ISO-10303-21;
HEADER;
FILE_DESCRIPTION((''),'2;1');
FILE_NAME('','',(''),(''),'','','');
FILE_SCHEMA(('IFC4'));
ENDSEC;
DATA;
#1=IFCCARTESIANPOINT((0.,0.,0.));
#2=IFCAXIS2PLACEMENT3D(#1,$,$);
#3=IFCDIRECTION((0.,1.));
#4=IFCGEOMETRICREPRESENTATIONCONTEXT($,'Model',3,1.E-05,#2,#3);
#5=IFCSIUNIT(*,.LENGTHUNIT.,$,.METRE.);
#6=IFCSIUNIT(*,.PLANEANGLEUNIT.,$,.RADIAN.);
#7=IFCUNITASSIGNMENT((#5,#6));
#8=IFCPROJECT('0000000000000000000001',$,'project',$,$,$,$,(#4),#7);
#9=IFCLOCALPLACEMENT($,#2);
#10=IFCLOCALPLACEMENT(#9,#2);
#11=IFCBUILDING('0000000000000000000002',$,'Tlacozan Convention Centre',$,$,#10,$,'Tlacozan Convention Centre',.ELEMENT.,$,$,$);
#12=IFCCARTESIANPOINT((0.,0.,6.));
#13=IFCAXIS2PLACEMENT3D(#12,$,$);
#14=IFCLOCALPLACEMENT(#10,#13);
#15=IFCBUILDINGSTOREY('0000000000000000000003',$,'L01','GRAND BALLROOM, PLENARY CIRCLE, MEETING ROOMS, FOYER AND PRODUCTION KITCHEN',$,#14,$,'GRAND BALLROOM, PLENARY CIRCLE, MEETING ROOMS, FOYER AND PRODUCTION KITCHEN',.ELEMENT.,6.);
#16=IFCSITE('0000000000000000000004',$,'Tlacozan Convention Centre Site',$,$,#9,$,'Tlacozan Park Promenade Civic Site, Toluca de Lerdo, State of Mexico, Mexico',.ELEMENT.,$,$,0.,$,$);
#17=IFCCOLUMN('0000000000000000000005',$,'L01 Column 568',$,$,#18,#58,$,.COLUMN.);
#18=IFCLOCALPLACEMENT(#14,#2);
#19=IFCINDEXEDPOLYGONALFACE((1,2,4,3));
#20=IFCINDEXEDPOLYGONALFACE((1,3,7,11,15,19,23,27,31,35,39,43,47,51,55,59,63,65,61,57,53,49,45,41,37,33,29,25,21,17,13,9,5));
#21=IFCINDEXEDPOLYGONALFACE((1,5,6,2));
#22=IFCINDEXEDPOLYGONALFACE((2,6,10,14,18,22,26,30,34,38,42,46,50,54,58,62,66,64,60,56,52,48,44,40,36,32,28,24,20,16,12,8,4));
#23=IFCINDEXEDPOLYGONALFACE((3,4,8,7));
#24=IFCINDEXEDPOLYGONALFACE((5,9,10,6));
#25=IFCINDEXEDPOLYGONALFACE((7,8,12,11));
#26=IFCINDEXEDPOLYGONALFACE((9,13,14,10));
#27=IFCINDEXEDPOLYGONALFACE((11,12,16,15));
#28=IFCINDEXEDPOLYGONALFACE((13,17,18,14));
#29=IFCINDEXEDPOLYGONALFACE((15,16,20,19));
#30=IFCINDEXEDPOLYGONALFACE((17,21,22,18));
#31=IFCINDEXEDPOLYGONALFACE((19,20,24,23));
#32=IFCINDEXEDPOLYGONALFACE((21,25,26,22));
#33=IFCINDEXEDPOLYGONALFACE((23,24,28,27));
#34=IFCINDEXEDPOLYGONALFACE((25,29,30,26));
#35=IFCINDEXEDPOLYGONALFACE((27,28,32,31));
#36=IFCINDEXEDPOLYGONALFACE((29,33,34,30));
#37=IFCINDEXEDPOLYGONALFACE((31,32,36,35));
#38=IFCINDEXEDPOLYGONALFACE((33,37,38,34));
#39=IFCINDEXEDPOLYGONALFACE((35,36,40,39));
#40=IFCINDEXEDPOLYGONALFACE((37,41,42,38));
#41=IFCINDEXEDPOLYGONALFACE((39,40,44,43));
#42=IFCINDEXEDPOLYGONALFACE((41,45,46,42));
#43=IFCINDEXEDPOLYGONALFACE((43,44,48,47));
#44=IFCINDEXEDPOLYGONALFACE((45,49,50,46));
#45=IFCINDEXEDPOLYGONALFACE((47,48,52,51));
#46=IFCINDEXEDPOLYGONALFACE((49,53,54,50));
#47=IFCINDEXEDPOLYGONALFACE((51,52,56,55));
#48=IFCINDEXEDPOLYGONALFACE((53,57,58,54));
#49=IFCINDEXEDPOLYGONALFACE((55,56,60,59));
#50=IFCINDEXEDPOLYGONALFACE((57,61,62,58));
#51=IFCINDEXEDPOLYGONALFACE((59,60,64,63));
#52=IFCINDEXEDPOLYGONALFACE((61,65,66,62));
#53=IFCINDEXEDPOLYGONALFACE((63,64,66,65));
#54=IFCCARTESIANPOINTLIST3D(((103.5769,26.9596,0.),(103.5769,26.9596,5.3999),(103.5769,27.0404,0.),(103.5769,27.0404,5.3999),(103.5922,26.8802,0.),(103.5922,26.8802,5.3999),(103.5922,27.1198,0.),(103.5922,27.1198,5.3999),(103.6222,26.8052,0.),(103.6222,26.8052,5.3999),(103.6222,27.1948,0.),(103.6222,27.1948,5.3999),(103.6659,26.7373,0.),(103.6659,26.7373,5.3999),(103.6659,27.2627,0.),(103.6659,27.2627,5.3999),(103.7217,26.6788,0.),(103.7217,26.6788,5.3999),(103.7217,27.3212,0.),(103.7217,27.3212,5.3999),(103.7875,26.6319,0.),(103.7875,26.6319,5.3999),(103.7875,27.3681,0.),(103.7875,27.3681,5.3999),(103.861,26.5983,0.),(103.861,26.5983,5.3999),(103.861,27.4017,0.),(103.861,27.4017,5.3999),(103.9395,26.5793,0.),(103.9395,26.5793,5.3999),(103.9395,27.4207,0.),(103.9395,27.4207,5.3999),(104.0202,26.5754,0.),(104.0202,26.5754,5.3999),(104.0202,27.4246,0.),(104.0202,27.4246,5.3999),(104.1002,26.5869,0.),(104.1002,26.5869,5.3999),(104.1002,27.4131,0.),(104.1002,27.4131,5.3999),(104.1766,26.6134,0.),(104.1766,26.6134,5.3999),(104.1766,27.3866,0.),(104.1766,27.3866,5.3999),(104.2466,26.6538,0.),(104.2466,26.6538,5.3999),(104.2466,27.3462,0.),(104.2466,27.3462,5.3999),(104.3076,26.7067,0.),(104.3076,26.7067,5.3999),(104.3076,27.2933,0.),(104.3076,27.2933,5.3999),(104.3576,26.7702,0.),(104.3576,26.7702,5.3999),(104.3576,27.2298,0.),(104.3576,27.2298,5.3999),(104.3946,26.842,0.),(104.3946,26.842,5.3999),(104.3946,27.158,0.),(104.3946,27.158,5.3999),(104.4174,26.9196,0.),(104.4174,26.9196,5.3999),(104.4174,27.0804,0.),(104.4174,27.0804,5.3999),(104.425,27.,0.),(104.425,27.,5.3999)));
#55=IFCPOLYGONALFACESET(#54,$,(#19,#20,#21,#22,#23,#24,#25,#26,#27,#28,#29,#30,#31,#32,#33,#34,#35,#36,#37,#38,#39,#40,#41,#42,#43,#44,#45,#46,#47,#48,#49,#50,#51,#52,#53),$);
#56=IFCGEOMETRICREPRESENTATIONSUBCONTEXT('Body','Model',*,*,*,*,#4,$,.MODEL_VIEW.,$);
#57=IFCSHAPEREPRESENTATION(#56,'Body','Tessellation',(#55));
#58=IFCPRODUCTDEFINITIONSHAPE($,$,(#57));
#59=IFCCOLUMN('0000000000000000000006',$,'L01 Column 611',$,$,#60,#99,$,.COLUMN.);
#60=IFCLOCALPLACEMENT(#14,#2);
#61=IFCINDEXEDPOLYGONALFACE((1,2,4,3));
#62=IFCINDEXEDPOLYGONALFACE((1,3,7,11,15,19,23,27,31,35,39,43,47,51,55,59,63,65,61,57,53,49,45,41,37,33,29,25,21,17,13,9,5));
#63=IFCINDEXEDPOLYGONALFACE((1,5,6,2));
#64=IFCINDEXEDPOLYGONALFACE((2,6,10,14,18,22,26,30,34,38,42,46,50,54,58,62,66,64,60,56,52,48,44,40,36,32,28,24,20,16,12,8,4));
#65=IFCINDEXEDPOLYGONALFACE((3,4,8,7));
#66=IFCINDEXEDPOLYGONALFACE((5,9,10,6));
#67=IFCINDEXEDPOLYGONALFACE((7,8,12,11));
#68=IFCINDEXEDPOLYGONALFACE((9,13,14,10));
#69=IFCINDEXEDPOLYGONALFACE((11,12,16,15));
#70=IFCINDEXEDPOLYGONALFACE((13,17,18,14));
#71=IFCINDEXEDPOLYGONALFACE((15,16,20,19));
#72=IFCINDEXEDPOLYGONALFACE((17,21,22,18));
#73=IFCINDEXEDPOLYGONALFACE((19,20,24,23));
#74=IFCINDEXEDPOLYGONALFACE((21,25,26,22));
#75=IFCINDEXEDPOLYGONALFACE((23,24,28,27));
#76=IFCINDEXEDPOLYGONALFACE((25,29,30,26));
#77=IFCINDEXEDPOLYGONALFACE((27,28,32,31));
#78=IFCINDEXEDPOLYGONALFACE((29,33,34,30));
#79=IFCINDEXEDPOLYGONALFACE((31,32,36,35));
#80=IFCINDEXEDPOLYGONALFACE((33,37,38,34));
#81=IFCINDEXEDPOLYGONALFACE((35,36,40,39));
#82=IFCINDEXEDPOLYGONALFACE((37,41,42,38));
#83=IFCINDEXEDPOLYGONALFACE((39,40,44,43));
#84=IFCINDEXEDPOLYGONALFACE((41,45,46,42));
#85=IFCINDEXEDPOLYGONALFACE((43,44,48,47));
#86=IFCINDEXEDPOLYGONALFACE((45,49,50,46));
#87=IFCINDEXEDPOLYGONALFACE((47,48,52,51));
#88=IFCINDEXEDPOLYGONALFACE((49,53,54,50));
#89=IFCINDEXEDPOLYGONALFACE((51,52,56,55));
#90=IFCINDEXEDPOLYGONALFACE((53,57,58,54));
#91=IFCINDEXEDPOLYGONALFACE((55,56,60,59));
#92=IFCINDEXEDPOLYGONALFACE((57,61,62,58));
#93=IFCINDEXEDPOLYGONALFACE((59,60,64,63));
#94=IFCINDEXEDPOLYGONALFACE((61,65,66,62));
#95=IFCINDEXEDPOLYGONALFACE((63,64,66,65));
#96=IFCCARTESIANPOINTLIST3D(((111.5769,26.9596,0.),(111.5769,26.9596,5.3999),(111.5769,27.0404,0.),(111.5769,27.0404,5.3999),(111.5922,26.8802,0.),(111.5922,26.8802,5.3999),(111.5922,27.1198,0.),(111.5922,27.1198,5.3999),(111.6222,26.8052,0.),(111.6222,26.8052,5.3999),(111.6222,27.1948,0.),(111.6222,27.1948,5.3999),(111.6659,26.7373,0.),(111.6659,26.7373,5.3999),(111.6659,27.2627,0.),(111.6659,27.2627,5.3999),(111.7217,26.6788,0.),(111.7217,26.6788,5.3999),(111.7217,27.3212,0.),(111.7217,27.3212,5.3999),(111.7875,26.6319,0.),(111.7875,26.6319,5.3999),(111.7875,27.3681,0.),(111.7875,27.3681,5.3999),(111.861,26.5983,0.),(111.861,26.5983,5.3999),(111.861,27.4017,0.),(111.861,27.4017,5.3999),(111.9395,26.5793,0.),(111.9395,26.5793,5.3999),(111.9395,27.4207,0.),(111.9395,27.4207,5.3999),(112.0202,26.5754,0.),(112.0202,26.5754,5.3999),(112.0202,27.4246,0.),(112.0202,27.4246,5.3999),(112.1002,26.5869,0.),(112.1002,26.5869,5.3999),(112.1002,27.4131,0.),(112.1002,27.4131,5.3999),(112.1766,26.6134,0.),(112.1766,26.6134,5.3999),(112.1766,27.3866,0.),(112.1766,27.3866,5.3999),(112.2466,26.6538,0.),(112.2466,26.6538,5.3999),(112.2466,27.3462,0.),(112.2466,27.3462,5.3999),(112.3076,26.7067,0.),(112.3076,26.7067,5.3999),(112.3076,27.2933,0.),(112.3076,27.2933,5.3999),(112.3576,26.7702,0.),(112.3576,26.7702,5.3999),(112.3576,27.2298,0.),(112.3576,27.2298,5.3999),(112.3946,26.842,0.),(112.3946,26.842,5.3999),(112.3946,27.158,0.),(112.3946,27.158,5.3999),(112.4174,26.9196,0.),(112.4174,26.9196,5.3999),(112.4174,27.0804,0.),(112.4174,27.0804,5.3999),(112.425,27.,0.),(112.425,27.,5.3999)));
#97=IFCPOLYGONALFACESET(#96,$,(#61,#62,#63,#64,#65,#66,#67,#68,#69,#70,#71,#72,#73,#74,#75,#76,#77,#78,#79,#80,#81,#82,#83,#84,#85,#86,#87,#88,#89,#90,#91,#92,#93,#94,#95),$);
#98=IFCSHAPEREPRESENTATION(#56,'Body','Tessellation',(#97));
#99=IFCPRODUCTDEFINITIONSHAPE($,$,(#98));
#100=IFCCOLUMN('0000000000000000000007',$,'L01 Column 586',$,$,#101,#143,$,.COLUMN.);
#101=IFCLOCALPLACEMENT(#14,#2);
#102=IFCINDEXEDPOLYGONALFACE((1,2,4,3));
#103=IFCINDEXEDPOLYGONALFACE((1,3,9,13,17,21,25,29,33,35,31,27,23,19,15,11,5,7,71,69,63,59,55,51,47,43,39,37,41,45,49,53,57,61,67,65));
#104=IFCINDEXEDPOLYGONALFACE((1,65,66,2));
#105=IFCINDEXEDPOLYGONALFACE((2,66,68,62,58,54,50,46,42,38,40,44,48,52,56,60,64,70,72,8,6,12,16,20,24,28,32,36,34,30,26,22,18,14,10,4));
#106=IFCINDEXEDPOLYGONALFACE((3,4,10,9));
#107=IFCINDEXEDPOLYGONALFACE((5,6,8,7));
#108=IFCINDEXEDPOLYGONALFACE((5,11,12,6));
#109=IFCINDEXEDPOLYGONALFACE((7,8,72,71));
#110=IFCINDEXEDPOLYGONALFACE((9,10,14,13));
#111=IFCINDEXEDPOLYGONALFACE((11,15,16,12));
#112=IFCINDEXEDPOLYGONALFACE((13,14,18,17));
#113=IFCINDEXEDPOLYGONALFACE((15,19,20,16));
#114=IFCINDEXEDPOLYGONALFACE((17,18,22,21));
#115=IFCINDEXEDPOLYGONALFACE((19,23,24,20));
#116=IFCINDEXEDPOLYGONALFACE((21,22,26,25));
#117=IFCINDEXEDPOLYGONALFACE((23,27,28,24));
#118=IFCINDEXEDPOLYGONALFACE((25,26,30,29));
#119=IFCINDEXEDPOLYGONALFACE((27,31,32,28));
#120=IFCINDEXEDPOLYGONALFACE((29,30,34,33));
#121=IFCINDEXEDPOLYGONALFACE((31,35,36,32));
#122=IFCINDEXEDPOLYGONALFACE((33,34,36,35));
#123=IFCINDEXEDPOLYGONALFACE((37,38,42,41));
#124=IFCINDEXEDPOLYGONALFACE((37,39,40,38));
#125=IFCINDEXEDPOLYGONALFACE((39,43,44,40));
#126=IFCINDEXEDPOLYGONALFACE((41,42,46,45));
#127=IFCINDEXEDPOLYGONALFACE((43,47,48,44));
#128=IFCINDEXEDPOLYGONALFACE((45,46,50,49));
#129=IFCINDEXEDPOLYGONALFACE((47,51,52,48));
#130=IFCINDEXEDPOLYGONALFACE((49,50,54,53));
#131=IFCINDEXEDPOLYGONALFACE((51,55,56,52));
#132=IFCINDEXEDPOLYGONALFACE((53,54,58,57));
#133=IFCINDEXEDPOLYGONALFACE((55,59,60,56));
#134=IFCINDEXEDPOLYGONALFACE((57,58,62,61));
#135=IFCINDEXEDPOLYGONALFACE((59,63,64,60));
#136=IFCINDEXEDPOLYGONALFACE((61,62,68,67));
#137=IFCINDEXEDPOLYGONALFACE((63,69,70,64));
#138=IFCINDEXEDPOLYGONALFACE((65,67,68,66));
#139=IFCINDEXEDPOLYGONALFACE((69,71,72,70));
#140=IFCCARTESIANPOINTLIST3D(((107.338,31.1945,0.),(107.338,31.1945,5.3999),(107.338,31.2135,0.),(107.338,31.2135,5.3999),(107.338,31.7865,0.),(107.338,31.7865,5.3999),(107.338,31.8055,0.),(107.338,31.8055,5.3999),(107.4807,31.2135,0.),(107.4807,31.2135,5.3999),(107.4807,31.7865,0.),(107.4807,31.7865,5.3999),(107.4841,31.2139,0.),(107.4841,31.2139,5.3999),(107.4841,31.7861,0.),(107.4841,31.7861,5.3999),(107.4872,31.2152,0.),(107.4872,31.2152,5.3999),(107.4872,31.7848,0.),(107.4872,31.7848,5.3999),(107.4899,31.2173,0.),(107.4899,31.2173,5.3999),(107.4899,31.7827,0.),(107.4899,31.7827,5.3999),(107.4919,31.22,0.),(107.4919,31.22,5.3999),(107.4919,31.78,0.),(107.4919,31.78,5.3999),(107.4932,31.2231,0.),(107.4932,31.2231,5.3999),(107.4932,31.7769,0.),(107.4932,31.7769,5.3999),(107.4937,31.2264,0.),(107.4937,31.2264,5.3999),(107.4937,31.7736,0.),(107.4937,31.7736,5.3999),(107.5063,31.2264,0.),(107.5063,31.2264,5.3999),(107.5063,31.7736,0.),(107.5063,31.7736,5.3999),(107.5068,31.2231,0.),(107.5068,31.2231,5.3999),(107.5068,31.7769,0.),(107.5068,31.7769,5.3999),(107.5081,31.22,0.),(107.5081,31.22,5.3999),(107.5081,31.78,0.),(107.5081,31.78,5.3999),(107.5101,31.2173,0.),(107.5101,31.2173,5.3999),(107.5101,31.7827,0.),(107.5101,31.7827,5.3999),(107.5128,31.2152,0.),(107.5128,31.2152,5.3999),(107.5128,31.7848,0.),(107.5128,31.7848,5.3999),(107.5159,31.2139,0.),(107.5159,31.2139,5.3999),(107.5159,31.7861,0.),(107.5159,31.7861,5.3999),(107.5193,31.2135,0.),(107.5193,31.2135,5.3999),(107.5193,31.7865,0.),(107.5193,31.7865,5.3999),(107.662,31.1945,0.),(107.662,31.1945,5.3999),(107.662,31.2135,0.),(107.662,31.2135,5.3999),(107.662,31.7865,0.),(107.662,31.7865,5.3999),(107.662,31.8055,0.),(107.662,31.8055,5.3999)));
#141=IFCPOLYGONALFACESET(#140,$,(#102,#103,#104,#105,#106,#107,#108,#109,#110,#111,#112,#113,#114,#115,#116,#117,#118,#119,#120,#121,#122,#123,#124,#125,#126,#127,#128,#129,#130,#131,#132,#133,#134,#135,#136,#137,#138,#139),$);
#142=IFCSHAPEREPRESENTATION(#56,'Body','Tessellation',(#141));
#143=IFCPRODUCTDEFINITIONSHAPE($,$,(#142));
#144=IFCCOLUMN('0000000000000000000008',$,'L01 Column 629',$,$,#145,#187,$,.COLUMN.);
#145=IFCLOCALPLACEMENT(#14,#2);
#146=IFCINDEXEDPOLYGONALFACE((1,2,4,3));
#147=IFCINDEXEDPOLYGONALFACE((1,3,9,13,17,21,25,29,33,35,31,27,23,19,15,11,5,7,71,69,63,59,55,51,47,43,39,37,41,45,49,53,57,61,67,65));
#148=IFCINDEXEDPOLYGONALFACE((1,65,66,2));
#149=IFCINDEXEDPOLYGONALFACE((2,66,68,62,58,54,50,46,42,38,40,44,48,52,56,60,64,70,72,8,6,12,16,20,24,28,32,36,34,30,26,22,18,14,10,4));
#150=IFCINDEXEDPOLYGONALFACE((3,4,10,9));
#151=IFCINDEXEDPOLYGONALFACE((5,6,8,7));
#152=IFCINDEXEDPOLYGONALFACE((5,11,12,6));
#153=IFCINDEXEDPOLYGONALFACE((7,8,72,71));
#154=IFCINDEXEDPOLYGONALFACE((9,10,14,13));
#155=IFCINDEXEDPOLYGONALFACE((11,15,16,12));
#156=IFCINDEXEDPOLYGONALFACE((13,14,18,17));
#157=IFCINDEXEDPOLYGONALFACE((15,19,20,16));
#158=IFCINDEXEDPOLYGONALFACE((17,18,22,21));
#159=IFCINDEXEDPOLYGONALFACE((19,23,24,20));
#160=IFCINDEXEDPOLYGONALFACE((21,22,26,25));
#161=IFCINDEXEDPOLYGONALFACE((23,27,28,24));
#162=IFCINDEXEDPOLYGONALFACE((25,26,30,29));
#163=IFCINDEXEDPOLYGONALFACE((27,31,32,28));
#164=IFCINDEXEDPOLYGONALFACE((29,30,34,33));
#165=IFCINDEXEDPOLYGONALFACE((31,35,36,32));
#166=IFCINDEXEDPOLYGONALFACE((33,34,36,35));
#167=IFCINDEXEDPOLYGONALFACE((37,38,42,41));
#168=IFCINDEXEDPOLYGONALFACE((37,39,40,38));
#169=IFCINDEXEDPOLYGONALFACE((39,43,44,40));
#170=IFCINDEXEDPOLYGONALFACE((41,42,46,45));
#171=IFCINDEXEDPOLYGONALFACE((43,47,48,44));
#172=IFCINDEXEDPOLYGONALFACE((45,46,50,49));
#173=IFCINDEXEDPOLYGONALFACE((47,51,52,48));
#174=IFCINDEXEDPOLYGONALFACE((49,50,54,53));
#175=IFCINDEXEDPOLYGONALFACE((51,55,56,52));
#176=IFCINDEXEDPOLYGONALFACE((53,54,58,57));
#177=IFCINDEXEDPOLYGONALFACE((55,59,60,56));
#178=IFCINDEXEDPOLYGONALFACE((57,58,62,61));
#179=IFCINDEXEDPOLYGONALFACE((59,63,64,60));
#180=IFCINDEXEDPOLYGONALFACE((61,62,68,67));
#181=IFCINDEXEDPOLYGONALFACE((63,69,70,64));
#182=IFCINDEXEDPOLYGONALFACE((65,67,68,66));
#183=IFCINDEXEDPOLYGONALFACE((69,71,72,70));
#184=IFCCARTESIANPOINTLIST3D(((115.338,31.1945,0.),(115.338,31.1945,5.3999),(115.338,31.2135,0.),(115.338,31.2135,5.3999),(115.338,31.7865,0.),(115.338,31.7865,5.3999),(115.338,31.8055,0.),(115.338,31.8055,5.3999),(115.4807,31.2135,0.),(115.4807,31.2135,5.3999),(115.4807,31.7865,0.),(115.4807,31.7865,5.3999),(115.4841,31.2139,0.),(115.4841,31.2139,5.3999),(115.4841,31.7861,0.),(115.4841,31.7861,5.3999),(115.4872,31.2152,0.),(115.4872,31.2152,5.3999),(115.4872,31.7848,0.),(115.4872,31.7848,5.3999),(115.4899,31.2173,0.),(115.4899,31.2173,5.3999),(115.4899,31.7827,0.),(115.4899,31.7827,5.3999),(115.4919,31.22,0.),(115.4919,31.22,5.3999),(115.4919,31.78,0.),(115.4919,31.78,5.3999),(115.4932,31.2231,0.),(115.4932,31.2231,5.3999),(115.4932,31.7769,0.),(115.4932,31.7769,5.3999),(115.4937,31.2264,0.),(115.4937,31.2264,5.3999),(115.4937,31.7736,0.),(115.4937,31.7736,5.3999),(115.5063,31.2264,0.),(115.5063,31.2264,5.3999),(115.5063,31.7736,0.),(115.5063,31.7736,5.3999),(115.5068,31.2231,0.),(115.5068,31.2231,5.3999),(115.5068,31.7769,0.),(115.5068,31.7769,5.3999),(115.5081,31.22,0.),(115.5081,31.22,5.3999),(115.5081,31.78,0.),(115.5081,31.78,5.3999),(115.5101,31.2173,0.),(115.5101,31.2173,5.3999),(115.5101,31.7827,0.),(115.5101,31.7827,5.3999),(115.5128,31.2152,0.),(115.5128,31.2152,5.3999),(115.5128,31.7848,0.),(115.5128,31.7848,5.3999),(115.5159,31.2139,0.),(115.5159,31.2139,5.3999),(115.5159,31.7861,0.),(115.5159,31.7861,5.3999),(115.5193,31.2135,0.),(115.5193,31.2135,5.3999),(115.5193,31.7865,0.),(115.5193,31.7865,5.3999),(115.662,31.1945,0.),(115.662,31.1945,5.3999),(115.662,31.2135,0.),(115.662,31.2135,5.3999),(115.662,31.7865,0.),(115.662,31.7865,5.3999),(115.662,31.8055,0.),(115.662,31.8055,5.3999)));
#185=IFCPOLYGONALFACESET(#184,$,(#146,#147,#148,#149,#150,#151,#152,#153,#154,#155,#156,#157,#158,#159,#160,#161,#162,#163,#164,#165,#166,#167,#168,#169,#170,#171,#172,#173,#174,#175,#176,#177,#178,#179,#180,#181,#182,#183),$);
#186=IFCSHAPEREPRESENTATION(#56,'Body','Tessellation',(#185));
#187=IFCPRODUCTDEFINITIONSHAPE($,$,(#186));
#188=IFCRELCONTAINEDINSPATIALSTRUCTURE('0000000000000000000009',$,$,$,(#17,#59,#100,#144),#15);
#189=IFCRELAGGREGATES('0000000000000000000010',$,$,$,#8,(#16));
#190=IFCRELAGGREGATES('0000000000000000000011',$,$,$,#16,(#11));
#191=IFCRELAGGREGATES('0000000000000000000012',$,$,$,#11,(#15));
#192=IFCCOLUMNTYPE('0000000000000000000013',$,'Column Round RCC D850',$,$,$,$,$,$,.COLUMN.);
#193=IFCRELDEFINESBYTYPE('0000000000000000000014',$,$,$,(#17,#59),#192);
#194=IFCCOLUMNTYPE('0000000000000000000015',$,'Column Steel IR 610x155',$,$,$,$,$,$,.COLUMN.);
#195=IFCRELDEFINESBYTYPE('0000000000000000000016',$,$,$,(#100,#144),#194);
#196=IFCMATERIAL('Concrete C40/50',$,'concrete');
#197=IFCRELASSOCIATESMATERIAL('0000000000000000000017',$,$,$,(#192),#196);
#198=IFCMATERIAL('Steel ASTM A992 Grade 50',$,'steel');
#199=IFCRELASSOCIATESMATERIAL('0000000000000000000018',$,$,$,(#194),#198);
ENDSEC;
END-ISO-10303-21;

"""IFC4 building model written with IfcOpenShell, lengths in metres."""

from ifc_helpers import new_model, si_unit, direction, frame, origin, origin_2d, place, context, subcontext, project, spatial, circle, i_section, extrude, material, material_profile, profile_set, type_object, element, save


model = new_model("IFC4")

# Units and contexts
model_context = context("Model", 3, precision=1e-05, world=origin(), true_north=direction((0.0, 1.0)))
body_context = subcontext(model_context, "Body", "Model", "MODEL_VIEW")
ifc_project = project(units=[si_unit("LENGTHUNIT", "METRE"), si_unit("PLANEANGLEUNIT", "RADIAN")], contexts=[model_context])

# Site, building, storey
site_placement = place(None, origin())
site = spatial("IfcSite", under=ifc_project, at=site_placement, Name="Tlacozan Convention Centre Site", LongName="Tlacozan Park Promenade Civic Site, Toluca de Lerdo, State of Mexico, Mexico", CompositionType="ELEMENT", RefElevation=0.0)
building_placement = place(site_placement, origin())
building = spatial("IfcBuilding", under=site, at=building_placement, Name="Tlacozan Convention Centre", LongName="Tlacozan Convention Centre", CompositionType="ELEMENT")
storey_placement = place(building_placement, frame((0.0, 0.0, 6.0)))
storey = spatial("IfcBuildingStorey", under=building, at=storey_placement, Name="L01", Description="GRAND BALLROOM, PLENARY CIRCLE, MEETING ROOMS, FOYER AND PRODUCTION KITCHEN", LongName="GRAND BALLROOM, PLENARY CIRCLE, MEETING ROOMS, FOYER AND PRODUCTION KITCHEN", CompositionType="ELEMENT", Elevation=6.0)

# Columns
ifc_material_1 = material(Name="Concrete C40/50", Category="concrete")
ifc_material_profile_1 = material_profile(ifc_material_1, circle(Radius=0.425, at=origin_2d()), Name="RCC D850")
ifc_profile_set_1 = profile_set([ifc_material_profile_1], Name="Concrete C40/50")
column_type_1 = type_object("IfcColumnType", Name="Column Round RCC D850", PredefinedType="COLUMN", material=ifc_profile_set_1)
for number, where, z_axis, x_axis, name in (
    (1, (104.0, 27.0, 0.0), (0.0, 0.0, 1.0), (1.0, 0.0, 0.0), "L01 Column 568"),
    (2, (112.0, 27.0, 0.0), (0.0, 0.0, 1.0), (1.0, 0.0, 0.0), "L01 Column 611"),
):
    element("IfcColumn", number, at=place(storey_placement, frame(where, z_axis=z_axis, x_axis=x_axis)), inside=storey, type_object=column_type_1, Name=name, PredefinedType="COLUMN", context=body_context, shape_type="SweptSolid", body=[
        extrude(circle(Radius=0.425, at=origin_2d()), origin(), (0.0, 0.0, 1.0), 5.3999),
    ])
ifc_material_2 = material(Name="Steel ASTM A992 Grade 50", Category="steel")
ifc_material_profile_2 = material_profile(ifc_material_2, i_section(OverallWidth=0.324, OverallDepth=0.6111, WebThickness=0.0127, FlangeThickness=0.019, FilletRadius=0.0129, at=origin_2d()), Name="IR 610x155.0")
ifc_profile_set_2 = profile_set([ifc_material_profile_2], Name="Steel ASTM A992 Grade 50")
column_type_2 = type_object("IfcColumnType", Name="Column Steel IR 610x155", PredefinedType="COLUMN", material=ifc_profile_set_2)
for number, where, z_axis, x_axis, name in (
    (3, (107.5, 31.5, 0.0), (0.0, 0.0, 1.0), (1.0, 0.0, 0.0), "L01 Column 586"),
    (4, (115.5, 31.5, 0.0), (0.0, 0.0, 1.0), (1.0, 0.0, 0.0), "L01 Column 629"),
):
    element("IfcColumn", number, at=place(storey_placement, frame(where, z_axis=z_axis, x_axis=x_axis)), inside=storey, type_object=column_type_2, Name=name, PredefinedType="COLUMN", context=body_context, shape_type="SweptSolid", body=[
        extrude(i_section(OverallWidth=0.324, OverallDepth=0.6111, WebThickness=0.0127, FlangeThickness=0.019, FilletRadius=0.0129, at=origin_2d()), origin(), (0.0, 0.0, 1.0), 5.3999),
    ])

save(model, "model.ifc")
